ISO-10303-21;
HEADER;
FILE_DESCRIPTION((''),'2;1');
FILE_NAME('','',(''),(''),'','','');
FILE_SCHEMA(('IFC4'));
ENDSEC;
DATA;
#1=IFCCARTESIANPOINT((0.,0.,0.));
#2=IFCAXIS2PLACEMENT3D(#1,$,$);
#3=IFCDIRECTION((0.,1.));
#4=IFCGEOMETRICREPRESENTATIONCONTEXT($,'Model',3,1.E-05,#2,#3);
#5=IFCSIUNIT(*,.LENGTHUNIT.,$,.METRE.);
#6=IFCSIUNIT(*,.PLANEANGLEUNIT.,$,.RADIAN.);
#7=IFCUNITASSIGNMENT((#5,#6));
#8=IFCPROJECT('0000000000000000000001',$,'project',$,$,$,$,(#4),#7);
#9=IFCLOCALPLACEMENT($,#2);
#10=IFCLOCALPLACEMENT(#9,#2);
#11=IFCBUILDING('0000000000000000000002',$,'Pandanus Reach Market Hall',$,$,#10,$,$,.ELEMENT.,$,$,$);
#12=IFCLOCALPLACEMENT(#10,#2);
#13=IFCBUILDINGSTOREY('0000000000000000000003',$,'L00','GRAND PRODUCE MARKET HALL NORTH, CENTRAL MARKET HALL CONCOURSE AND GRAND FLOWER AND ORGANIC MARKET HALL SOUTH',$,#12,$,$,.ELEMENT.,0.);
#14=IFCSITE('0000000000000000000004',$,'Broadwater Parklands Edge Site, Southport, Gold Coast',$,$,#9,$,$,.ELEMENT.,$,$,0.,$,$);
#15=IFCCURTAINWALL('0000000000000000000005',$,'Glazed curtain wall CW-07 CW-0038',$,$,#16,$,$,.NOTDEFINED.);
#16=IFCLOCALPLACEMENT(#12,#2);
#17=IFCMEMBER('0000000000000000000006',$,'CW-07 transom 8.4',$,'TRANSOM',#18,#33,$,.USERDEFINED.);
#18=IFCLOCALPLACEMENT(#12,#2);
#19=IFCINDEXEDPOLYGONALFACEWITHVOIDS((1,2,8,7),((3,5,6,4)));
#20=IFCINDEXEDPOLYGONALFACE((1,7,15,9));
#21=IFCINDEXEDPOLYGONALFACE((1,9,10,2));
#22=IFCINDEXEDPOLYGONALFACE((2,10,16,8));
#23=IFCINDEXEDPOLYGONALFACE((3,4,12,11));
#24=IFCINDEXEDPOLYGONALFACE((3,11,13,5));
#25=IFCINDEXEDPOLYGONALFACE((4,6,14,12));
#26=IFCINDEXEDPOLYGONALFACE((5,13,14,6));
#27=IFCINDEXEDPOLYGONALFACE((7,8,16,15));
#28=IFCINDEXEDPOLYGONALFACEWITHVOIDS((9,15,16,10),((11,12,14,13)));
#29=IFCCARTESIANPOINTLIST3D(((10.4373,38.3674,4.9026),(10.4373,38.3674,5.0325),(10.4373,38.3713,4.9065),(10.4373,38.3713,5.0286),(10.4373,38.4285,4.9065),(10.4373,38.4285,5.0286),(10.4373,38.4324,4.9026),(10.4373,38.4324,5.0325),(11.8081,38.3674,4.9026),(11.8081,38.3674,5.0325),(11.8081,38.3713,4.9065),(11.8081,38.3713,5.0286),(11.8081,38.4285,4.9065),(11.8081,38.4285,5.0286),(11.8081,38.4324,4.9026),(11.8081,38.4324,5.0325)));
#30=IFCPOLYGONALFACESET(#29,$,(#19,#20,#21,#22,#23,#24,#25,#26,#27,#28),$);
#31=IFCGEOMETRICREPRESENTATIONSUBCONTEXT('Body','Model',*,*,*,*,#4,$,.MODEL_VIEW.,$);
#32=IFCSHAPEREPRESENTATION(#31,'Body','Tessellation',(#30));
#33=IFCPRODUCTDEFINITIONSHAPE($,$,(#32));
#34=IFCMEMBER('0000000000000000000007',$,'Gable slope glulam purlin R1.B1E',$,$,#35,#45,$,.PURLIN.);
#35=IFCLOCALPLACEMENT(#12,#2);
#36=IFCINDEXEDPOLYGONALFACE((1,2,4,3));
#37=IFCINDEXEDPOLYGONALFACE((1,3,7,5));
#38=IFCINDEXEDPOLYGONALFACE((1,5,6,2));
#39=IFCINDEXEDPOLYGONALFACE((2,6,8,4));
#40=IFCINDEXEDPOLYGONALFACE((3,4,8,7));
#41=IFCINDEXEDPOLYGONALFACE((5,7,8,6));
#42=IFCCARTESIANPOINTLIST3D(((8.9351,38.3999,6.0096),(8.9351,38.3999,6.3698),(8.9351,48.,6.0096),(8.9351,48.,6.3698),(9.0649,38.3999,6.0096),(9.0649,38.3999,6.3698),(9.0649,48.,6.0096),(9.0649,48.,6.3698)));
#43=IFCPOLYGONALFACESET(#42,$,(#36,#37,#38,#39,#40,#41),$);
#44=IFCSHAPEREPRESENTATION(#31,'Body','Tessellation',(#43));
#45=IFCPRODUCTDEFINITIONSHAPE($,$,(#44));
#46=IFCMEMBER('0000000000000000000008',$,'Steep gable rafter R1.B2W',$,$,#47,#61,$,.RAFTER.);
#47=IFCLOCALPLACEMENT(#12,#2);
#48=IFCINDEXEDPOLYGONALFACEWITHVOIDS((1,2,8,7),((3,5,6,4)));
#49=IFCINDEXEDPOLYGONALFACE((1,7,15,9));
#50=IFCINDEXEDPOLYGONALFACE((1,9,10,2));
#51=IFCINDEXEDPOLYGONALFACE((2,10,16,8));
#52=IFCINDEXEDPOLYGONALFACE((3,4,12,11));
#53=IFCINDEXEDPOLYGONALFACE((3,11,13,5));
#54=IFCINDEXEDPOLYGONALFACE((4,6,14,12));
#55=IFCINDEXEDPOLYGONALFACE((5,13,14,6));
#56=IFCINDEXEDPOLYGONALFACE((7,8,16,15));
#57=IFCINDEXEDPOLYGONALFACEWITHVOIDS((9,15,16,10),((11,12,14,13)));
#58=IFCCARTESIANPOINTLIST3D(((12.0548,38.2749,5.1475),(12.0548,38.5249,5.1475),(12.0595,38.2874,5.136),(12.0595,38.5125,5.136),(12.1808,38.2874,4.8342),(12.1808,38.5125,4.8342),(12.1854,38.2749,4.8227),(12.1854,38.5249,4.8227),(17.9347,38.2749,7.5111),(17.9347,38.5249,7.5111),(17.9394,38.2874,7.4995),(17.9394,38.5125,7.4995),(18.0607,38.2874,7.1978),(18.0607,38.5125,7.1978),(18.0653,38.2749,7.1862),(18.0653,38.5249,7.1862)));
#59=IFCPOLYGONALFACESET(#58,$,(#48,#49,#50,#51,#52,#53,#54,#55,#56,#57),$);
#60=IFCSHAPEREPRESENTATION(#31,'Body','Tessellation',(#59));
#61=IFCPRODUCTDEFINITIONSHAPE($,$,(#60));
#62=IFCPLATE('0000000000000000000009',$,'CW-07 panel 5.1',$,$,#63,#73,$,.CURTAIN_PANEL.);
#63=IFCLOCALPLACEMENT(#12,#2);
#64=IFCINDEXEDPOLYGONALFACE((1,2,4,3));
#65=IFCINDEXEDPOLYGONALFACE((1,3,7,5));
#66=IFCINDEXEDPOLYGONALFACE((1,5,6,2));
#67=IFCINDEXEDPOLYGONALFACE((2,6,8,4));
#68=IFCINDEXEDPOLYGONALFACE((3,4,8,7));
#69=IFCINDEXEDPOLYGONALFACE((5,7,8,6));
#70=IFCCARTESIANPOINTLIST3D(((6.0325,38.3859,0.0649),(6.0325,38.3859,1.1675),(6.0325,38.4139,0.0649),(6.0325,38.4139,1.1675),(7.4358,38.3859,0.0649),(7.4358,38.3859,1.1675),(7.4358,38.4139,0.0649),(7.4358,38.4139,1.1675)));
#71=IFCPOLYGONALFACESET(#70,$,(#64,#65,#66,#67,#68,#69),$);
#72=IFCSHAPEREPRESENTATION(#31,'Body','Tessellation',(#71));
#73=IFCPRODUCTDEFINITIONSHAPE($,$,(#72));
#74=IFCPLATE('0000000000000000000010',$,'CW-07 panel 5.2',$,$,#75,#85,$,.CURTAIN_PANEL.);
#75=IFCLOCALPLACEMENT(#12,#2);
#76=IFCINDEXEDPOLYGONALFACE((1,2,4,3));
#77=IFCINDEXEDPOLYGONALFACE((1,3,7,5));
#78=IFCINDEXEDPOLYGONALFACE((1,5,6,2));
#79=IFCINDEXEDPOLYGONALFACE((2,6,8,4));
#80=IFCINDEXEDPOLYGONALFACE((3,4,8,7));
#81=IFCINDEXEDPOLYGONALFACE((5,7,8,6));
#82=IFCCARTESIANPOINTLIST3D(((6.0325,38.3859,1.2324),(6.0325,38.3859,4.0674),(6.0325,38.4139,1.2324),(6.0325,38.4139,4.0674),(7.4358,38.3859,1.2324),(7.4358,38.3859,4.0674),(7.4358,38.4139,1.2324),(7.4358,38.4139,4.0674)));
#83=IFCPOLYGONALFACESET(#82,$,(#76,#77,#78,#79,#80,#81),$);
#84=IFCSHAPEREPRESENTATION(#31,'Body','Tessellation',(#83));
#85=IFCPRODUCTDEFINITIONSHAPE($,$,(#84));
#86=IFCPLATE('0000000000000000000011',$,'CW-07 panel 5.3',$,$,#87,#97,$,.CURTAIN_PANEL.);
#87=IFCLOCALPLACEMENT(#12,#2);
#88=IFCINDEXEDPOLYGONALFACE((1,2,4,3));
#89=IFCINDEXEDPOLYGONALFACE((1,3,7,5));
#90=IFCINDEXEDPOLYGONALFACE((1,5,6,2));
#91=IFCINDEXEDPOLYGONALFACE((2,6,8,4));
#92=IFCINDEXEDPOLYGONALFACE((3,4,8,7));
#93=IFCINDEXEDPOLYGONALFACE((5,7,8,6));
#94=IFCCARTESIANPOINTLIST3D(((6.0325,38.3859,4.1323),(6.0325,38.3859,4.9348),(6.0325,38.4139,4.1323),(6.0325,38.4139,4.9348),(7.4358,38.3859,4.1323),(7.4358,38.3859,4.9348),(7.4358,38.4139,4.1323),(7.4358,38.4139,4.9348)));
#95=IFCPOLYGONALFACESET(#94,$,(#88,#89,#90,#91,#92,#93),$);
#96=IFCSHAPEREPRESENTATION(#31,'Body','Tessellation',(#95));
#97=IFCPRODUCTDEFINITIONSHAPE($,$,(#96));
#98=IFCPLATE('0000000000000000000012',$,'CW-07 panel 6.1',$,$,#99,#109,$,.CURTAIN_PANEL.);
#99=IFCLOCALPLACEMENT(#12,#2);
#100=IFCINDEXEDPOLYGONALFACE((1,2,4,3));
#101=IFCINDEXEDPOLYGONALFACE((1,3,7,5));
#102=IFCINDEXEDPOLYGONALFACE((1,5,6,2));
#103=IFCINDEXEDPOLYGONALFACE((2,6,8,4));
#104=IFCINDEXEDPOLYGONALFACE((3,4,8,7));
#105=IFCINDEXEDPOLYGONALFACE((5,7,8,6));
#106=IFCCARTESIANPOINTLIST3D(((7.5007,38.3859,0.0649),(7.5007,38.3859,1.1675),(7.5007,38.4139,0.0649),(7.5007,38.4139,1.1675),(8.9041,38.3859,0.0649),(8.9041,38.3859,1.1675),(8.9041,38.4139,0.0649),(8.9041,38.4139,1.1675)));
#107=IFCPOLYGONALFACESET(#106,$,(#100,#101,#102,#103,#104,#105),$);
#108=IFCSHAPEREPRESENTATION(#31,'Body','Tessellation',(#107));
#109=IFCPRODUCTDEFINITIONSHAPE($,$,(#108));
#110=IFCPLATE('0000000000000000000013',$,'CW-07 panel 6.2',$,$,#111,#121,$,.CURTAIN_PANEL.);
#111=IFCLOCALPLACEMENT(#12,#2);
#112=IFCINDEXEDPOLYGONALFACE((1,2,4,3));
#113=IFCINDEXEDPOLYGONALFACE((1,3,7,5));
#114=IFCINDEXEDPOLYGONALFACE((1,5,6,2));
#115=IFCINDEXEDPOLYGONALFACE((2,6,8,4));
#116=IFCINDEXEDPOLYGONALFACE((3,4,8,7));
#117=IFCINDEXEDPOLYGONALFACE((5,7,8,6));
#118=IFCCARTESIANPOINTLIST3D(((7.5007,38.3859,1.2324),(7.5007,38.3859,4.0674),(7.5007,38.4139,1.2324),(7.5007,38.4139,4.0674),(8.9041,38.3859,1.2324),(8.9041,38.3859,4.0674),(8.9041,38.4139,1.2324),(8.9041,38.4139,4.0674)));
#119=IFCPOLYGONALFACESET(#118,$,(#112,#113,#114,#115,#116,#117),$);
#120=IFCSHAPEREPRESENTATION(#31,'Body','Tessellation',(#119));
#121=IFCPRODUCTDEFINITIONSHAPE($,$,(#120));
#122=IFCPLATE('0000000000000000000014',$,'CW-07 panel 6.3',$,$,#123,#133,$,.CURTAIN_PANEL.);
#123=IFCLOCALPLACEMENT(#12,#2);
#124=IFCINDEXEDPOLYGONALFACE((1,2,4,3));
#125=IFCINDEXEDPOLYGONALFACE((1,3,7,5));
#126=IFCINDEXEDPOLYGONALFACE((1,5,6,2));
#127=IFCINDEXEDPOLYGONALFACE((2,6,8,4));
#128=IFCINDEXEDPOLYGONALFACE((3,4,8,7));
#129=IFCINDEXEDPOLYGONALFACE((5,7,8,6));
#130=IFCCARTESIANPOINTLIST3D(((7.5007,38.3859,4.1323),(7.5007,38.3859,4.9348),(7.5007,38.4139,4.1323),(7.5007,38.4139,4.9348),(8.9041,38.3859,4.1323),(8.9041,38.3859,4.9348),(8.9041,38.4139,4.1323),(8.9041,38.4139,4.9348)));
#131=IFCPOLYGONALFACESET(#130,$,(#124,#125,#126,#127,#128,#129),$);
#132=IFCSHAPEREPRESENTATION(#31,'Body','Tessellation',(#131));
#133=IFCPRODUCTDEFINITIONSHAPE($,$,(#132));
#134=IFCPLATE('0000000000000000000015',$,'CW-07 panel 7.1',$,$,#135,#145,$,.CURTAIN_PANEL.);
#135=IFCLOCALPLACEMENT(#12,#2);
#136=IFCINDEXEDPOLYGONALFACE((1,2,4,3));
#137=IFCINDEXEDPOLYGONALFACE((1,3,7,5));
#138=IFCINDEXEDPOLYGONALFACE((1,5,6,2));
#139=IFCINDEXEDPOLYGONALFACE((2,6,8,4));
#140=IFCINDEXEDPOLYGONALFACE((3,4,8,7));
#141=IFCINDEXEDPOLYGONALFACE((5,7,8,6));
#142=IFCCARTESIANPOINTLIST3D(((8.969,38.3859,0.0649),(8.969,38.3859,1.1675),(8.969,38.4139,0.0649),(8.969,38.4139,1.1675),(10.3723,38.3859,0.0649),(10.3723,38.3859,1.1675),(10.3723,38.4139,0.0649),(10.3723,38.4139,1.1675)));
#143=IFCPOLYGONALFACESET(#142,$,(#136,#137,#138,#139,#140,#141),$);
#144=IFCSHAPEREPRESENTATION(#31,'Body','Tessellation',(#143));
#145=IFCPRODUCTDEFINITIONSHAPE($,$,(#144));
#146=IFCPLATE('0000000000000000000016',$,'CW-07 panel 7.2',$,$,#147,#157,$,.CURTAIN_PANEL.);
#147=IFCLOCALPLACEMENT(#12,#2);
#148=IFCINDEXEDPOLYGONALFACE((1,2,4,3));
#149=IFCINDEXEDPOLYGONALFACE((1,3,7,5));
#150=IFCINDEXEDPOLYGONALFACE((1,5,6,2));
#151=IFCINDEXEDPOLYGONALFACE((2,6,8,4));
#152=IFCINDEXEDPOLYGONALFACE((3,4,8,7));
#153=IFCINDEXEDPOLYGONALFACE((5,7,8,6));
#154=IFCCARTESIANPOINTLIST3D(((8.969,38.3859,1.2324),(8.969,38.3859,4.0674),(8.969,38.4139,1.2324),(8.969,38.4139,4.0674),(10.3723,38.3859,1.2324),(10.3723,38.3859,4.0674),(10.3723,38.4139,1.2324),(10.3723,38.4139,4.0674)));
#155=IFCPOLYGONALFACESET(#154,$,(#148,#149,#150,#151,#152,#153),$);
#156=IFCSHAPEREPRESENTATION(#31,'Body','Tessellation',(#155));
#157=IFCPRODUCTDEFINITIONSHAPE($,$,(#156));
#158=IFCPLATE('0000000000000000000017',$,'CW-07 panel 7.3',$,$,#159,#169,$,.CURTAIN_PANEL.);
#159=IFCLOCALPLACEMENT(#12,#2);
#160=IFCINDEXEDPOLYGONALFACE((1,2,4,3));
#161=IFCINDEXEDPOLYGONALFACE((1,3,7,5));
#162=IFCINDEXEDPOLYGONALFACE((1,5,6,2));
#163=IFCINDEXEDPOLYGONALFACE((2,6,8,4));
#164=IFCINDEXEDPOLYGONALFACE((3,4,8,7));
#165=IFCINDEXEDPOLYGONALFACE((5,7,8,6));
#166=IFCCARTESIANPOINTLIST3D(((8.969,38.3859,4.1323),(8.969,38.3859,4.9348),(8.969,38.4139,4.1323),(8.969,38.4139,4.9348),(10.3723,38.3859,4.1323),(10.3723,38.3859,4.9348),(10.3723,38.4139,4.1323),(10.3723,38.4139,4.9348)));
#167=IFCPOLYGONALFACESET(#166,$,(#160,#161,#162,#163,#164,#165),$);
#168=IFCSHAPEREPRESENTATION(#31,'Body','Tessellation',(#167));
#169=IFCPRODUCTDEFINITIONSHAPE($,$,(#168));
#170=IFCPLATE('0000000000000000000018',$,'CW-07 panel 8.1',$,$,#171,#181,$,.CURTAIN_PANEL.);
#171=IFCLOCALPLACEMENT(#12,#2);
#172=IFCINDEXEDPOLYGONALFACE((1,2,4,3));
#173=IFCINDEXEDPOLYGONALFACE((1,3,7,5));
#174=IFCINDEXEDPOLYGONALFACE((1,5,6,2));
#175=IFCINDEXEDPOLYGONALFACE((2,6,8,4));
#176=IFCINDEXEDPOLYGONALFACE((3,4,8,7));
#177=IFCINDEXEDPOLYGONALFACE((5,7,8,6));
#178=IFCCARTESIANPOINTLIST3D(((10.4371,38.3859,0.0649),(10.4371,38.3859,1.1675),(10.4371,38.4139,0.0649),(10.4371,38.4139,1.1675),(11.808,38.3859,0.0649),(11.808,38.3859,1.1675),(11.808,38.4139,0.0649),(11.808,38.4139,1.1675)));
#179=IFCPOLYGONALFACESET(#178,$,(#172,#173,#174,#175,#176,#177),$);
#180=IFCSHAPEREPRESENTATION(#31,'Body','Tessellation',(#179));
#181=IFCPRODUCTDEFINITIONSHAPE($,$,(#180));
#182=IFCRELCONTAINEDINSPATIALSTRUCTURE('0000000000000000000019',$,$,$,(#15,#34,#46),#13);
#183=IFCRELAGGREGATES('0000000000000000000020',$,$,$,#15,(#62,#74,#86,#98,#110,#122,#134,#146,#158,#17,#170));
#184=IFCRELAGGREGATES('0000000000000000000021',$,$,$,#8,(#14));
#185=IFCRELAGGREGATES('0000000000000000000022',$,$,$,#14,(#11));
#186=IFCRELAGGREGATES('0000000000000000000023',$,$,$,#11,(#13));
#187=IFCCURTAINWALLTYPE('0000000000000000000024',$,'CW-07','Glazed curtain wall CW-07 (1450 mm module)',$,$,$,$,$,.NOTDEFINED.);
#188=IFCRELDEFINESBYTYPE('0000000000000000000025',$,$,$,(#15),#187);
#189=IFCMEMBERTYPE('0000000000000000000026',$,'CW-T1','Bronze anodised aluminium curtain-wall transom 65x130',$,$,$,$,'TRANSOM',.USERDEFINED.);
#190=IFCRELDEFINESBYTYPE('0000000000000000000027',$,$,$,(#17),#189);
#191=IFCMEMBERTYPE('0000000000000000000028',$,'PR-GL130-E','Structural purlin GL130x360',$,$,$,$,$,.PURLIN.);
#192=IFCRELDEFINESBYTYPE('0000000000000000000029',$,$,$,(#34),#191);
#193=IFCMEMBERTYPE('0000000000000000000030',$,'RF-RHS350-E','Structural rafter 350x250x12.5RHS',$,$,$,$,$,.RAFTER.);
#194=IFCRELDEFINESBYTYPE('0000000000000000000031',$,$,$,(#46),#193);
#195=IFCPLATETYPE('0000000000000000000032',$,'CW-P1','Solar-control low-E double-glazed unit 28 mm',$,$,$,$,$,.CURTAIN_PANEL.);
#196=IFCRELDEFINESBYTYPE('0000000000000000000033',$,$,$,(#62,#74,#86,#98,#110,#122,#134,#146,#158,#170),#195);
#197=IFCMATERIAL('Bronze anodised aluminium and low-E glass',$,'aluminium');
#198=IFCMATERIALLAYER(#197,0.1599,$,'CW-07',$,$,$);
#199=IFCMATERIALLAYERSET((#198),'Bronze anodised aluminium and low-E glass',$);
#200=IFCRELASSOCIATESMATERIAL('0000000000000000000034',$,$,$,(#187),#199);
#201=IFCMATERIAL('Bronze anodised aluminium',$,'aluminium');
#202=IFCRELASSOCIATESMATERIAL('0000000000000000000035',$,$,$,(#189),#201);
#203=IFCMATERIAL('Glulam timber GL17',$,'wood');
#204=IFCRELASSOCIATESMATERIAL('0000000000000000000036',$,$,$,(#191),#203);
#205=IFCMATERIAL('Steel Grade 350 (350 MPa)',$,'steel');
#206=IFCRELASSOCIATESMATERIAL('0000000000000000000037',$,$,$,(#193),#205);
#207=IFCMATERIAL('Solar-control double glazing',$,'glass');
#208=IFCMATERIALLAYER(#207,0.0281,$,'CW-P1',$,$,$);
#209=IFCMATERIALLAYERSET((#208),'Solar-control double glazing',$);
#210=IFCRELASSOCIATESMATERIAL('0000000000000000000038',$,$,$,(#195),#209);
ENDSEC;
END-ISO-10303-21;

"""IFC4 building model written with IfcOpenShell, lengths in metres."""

from ifc_helpers import new_model, si_unit, direction, frame, origin, origin_2d, place, context, subcontext, project, spatial, rectangle, hollow_rectangle, extrude, material, layer, layer_set, material_profile, profile_set, type_object, element, aggregate, save


model = new_model("IFC4")

# Units and contexts
model_context = context("Model", 3, precision=1e-05, world=origin(), true_north=direction((0.0, 1.0)))
body_context = subcontext(model_context, "Body", "Model", "MODEL_VIEW")
ifc_project = project(units=[si_unit("LENGTHUNIT", "METRE"), si_unit("PLANEANGLEUNIT", "RADIAN")], contexts=[model_context])

# Site, building, storey
site_placement = place(None, origin())
site = spatial("IfcSite", under=ifc_project, at=site_placement, Name="Broadwater Parklands Edge Site, Southport, Gold Coast", CompositionType="ELEMENT", RefElevation=0.0)
building_placement = place(site_placement, origin())
building = spatial("IfcBuilding", under=site, at=building_placement, Name="Pandanus Reach Market Hall", CompositionType="ELEMENT")
storey_placement = place(building_placement, origin())
storey = spatial("IfcBuildingStorey", under=building, at=storey_placement, Name="L00", Description="GRAND PRODUCE MARKET HALL NORTH, CENTRAL MARKET HALL CONCOURSE AND GRAND FLOWER AND ORGANIC MARKET HALL SOUTH", CompositionType="ELEMENT", Elevation=0.0)

# Shared definitions
ifc_material_1 = material(Name="Steel Grade 350 (350 MPa)", Category="steel")

# Curtain wall, member
ifc_material_2 = material(Name="Bronze anodised aluminium and low-E glass", Category="aluminium")
ifc_layer_1 = layer(ifc_material_2, 0.1599, Name="CW-07")
ifc_layer_set_1 = layer_set([ifc_layer_1], Name="Bronze anodised aluminium and low-E glass")
curtain_wall_type = type_object("IfcCurtainWallType", Name="CW-07", Description="Glazed curtain wall CW-07 (1450 mm module)", PredefinedType="NOTDEFINED", material=ifc_layer_set_1)
curtain_wall_placement = place(storey_placement, origin())
curtain_wall = element("IfcCurtainWall", 1, at=curtain_wall_placement, inside=storey, type_object=curtain_wall_type, Name="Glazed curtain wall CW-07 CW-0038", PredefinedType="NOTDEFINED")
ifc_material_3 = material(Name="Bronze anodised aluminium", Category="aluminium")
ifc_material_profile_1 = material_profile(ifc_material_3, hollow_rectangle(XDim=0.0649, YDim=0.1299, WallThickness=0.0039, at=origin_2d()), Name="ALU65x130", Category="LoadBearing")
ifc_profile_set_1 = profile_set([ifc_material_profile_1], Name="Bronze anodised aluminium")
member_type_1 = type_object("IfcMemberType", Name="CW-T1", Description="Bronze anodised aluminium curtain-wall transom 65x130", ElementType="TRANSOM", PredefinedType="USERDEFINED", material=ifc_profile_set_1)
member_1_placement = place(storey_placement, frame((10.4373, 38.3999, 4.9675), z_axis=(1.0, 0.0, 0.0), x_axis=(0.0, 1.0, 0.0)))
member_1 = element("IfcMember", 2, at=member_1_placement, type_object=member_type_1, Name="CW-07 transom 8.4", ObjectType="TRANSOM", PredefinedType="USERDEFINED", context=body_context, shape_type="SweptSolid", body=[
    extrude(hollow_rectangle(XDim=0.0649, YDim=0.1299, WallThickness=0.0039, at=origin_2d()), origin(), (0.0, 0.0, 1.0), 1.3708),
])

# Members
ifc_material_4 = material(Name="Glulam timber GL17", Category="wood")
ifc_material_profile_2 = material_profile(ifc_material_4, rectangle(XDim=0.1299, YDim=0.3601, at=origin_2d()), Name="GL130x360", Category="LoadBearing")
ifc_profile_set_2 = profile_set([ifc_material_profile_2], Name="Glulam timber GL17")
member_type_2 = type_object("IfcMemberType", Name="PR-GL130-E", Description="Structural purlin GL130x360", PredefinedType="PURLIN", material=ifc_profile_set_2)
member_2_placement = place(storey_placement, frame((9.0, 38.3999, 6.1897), z_axis=(0.0, 1.0, 0.0), x_axis=(-1.0, 0.0, 0.0)))
element("IfcMember", 3, at=member_2_placement, inside=storey, type_object=member_type_2, Name="Gable slope glulam purlin R1.B1E", PredefinedType="PURLIN", context=body_context, shape_type="SweptSolid", body=[
    extrude(rectangle(XDim=0.1299, YDim=0.3601, at=origin_2d()), origin(), (0.0, 0.0, 1.0), 9.6001),
])
ifc_material_profile_3 = material_profile(ifc_material_1, hollow_rectangle(XDim=0.25, YDim=0.3501, WallThickness=0.0125, at=origin_2d()), Name="350x250x12.5RHS", Category="LoadBearing")
ifc_profile_set_3 = profile_set([ifc_material_profile_3], Name="Steel Grade 350 (350 MPa)")
member_type_3 = type_object("IfcMemberType", Name="RF-RHS350-E", Description="Structural rafter 350x250x12.5RHS", PredefinedType="RAFTER", material=ifc_profile_set_3)
member_3_placement = place(storey_placement, frame((12.1201, 38.3999, 4.9851), z_axis=(0.927846, 0.0, 0.372964), x_axis=(0.0, 1.0, 0.0)))
element("IfcMember", 4, at=member_3_placement, inside=storey, type_object=member_type_3, Name="Steep gable rafter R1.B2W", PredefinedType="RAFTER", context=body_context, shape_type="SweptSolid", body=[
    extrude(hollow_rectangle(XDim=0.25, YDim=0.3501, WallThickness=0.0125, at=origin_2d()), origin(), (0.0, 0.0, 1.0), 6.3372),
])

# Plates
ifc_material_5 = material(Name="Solar-control double glazing", Category="glass")
ifc_layer_2 = layer(ifc_material_5, 0.0281, Name="CW-P1")
ifc_layer_set_2 = layer_set([ifc_layer_2], Name="Solar-control double glazing")
plate_type = type_object("IfcPlateType", Name="CW-P1", Description="Solar-control low-E double-glazed unit 28 mm", PredefinedType="CURTAIN_PANEL", material=ifc_layer_set_2)
plate_1_placement = place(storey_placement, frame((6.7341, 38.3999, 0.0649), z_axis=(0.0, 0.0, 1.0), x_axis=(1.0, 0.0, 0.0)))
plate_1 = element("IfcPlate", 5, at=plate_1_placement, type_object=plate_type, Name="CW-07 panel 5.1", PredefinedType="CURTAIN_PANEL", context=body_context, shape_type="SweptSolid", body=[
    extrude(rectangle(XDim=1.4033, YDim=0.0281, at=origin_2d()), origin(), (0.0, 0.0, 1.0), 1.1025),
])
plate_2_placement = place(storey_placement, frame((6.7341, 38.3999, 1.2324), z_axis=(0.0, 0.0, 1.0), x_axis=(1.0, 0.0, 0.0)))
plate_2 = element("IfcPlate", 6, at=plate_2_placement, type_object=plate_type, Name="CW-07 panel 5.2", PredefinedType="CURTAIN_PANEL", context=body_context, shape_type="SweptSolid", body=[
    extrude(rectangle(XDim=1.4033, YDim=0.0281, at=origin_2d()), origin(), (0.0, 0.0, 1.0), 2.835),
])
plate_3_placement = place(storey_placement, frame((6.7341, 38.3999, 4.1323), z_axis=(0.0, 0.0, 1.0), x_axis=(1.0, 0.0, 0.0)))
plate_3 = element("IfcPlate", 7, at=plate_3_placement, type_object=plate_type, Name="CW-07 panel 5.3", PredefinedType="CURTAIN_PANEL", context=body_context, shape_type="SweptSolid", body=[
    extrude(rectangle(XDim=1.4033, YDim=0.0281, at=origin_2d()), origin(), (0.0, 0.0, 1.0), 0.8025),
])
plate_4_placement = place(storey_placement, frame((8.2024, 38.3999, 0.0649), z_axis=(0.0, 0.0, 1.0), x_axis=(1.0, 0.0, 0.0)))
plate_4 = element("IfcPlate", 8, at=plate_4_placement, type_object=plate_type, Name="CW-07 panel 6.1", PredefinedType="CURTAIN_PANEL", context=body_context, shape_type="SweptSolid", body=[
    extrude(rectangle(XDim=1.4033, YDim=0.0281, at=origin_2d()), origin(), (0.0, 0.0, 1.0), 1.1025),
])
plate_5_placement = place(storey_placement, frame((8.2024, 38.3999, 1.2324), z_axis=(0.0, 0.0, 1.0), x_axis=(1.0, 0.0, 0.0)))
plate_5 = element("IfcPlate", 9, at=plate_5_placement, type_object=plate_type, Name="CW-07 panel 6.2", PredefinedType="CURTAIN_PANEL", context=body_context, shape_type="SweptSolid", body=[
    extrude(rectangle(XDim=1.4033, YDim=0.0281, at=origin_2d()), origin(), (0.0, 0.0, 1.0), 2.835),
])
plate_6_placement = place(storey_placement, frame((8.2024, 38.3999, 4.1323), z_axis=(0.0, 0.0, 1.0), x_axis=(1.0, 0.0, 0.0)))
plate_6 = element("IfcPlate", 10, at=plate_6_placement, type_object=plate_type, Name="CW-07 panel 6.3", PredefinedType="CURTAIN_PANEL", context=body_context, shape_type="SweptSolid", body=[
    extrude(rectangle(XDim=1.4033, YDim=0.0281, at=origin_2d()), origin(), (0.0, 0.0, 1.0), 0.8025),
])
plate_7_placement = place(storey_placement, frame((9.6707, 38.3999, 0.0649), z_axis=(0.0, 0.0, 1.0), x_axis=(1.0, 0.0, 0.0)))
plate_7 = element("IfcPlate", 11, at=plate_7_placement, type_object=plate_type, Name="CW-07 panel 7.1", PredefinedType="CURTAIN_PANEL", context=body_context, shape_type="SweptSolid", body=[
    extrude(rectangle(XDim=1.4033, YDim=0.0281, at=origin_2d()), origin(), (0.0, 0.0, 1.0), 1.1025),
])
plate_8_placement = place(storey_placement, frame((9.6707, 38.3999, 1.2324), z_axis=(0.0, 0.0, 1.0), x_axis=(1.0, 0.0, 0.0)))
plate_8 = element("IfcPlate", 12, at=plate_8_placement, type_object=plate_type, Name="CW-07 panel 7.2", PredefinedType="CURTAIN_PANEL", context=body_context, shape_type="SweptSolid", body=[
    extrude(rectangle(XDim=1.4033, YDim=0.0281, at=origin_2d()), origin(), (0.0, 0.0, 1.0), 2.835),
])
plate_9_placement = place(storey_placement, frame((9.6707, 38.3999, 4.1323), z_axis=(0.0, 0.0, 1.0), x_axis=(1.0, 0.0, 0.0)))
plate_9 = element("IfcPlate", 13, at=plate_9_placement, type_object=plate_type, Name="CW-07 panel 7.3", PredefinedType="CURTAIN_PANEL", context=body_context, shape_type="SweptSolid", body=[
    extrude(rectangle(XDim=1.4033, YDim=0.0281, at=origin_2d()), origin(), (0.0, 0.0, 1.0), 0.8025),
])
plate_10_placement = place(storey_placement, frame((11.1226, 38.3999, 0.0649), z_axis=(0.0, 0.0, 1.0), x_axis=(1.0, 0.0, 0.0)))
plate_10 = element("IfcPlate", 14, at=plate_10_placement, type_object=plate_type, Name="CW-07 panel 8.1", PredefinedType="CURTAIN_PANEL", context=body_context, shape_type="SweptSolid", body=[
    extrude(rectangle(XDim=1.3708, YDim=0.0281, at=origin_2d()), origin(), (0.0, 0.0, 1.0), 1.1025),
])
aggregate(curtain_wall, [plate_1, plate_2, plate_3, plate_4, plate_5, plate_6, plate_7, plate_8, plate_9, member_1, plate_10])

save(model, "model.ifc")
